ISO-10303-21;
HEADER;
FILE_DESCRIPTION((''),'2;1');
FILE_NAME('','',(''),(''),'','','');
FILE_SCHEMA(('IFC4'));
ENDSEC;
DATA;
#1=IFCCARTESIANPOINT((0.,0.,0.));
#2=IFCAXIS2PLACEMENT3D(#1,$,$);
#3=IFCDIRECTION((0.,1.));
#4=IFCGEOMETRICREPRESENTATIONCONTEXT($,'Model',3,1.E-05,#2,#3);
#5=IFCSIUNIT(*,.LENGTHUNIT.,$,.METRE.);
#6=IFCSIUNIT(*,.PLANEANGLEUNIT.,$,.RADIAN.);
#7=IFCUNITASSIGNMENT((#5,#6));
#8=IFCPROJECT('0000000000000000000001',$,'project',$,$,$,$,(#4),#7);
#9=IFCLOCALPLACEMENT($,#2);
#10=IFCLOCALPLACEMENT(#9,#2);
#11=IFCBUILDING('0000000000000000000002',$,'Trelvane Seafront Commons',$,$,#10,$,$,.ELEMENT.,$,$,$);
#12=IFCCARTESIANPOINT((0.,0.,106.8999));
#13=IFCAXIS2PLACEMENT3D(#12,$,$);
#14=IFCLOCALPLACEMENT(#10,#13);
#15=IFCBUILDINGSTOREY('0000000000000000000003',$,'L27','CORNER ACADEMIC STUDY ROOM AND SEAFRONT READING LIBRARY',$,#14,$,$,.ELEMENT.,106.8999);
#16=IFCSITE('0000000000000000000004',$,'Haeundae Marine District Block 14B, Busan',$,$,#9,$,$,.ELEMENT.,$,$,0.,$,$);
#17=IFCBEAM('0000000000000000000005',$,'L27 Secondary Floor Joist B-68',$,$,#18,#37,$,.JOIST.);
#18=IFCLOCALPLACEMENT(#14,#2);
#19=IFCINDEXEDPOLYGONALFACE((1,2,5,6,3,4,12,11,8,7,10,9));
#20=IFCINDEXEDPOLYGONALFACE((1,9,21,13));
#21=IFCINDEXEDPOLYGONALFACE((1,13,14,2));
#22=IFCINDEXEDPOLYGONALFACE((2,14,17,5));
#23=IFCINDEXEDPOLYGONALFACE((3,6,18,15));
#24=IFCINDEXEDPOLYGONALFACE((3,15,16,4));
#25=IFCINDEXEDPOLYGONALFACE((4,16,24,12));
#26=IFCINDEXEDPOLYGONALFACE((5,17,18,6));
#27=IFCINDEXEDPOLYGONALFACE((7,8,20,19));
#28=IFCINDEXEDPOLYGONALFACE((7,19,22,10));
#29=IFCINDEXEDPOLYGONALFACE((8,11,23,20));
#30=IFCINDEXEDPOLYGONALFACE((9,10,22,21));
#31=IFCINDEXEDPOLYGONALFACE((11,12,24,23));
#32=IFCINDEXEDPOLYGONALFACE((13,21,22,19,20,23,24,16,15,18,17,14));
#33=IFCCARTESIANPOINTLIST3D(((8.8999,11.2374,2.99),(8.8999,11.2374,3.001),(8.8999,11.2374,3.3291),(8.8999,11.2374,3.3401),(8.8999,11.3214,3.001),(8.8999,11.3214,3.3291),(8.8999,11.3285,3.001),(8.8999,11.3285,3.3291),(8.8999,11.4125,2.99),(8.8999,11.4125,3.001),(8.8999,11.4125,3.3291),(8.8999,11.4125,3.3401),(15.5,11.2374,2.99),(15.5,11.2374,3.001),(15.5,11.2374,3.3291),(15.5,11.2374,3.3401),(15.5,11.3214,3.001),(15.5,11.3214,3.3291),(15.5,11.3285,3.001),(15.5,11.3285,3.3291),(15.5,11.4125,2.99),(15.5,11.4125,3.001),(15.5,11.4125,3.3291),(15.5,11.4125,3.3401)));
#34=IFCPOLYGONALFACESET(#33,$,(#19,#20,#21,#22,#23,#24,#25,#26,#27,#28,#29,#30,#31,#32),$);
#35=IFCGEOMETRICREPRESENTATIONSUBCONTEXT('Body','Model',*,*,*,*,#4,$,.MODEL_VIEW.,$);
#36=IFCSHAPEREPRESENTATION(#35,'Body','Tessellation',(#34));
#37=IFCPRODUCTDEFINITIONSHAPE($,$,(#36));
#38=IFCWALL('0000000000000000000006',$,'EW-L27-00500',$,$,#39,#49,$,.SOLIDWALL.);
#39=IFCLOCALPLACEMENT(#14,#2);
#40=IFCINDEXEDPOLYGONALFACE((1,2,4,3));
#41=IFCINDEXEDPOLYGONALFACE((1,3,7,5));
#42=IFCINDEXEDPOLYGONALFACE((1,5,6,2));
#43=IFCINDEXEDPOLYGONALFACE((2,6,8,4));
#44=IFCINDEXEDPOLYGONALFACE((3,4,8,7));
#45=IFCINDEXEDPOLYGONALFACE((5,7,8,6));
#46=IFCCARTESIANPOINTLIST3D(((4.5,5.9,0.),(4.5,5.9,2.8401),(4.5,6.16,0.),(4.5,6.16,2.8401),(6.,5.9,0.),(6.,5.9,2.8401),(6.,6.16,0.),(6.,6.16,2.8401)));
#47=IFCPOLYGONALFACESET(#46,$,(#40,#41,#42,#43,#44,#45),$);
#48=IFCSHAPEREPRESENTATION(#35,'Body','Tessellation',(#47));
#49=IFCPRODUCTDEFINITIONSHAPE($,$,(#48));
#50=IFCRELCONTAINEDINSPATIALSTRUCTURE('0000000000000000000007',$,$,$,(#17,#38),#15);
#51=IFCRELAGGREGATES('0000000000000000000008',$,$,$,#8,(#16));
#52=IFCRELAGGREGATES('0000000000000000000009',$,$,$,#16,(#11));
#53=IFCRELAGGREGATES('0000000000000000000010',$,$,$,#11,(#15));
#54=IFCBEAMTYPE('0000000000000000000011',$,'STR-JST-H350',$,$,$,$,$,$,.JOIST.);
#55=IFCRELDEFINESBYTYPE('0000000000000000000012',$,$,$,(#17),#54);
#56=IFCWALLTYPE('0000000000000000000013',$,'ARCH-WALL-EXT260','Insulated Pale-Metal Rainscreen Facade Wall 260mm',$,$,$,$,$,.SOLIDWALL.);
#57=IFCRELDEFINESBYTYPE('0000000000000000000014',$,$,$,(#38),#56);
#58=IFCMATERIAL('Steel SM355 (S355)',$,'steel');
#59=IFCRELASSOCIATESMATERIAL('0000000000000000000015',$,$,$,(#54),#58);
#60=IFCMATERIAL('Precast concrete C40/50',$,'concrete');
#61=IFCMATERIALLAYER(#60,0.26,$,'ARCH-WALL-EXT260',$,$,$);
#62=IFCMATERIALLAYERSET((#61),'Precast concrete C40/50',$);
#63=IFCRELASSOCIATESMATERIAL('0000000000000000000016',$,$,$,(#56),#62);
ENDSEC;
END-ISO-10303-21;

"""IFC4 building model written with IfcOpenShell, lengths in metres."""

from ifc_helpers import new_model, si_unit, direction, frame, frame_2d, origin, origin_2d, place, context, subcontext, project, spatial, rectangle, i_section, extrude, source, transform, mapped, material, layer, layer_set, material_profile, profile_set, type_object, element, save


model = new_model("IFC4")

# Units and contexts
model_context = context("Model", 3, precision=1e-05, world=origin(), true_north=direction((0.0, 1.0)))
body_context = subcontext(model_context, "Body", "Model", "MODEL_VIEW")
ifc_project = project(units=[si_unit("LENGTHUNIT", "METRE"), si_unit("PLANEANGLEUNIT", "RADIAN")], contexts=[model_context])

# Site, building, storey
site_placement = place(None, origin())
site = spatial("IfcSite", under=ifc_project, at=site_placement, Name="Haeundae Marine District Block 14B, Busan", CompositionType="ELEMENT", RefElevation=0.0)
building_placement = place(site_placement, origin())
building = spatial("IfcBuilding", under=site, at=building_placement, Name="Trelvane Seafront Commons", CompositionType="ELEMENT")
storey_placement = place(building_placement, frame((0.0, 0.0, 106.8999)))
storey = spatial("IfcBuildingStorey", under=building, at=storey_placement, Name="L27", Description="CORNER ACADEMIC STUDY ROOM AND SEAFRONT READING LIBRARY", CompositionType="ELEMENT", Elevation=106.8999)

# Shared definitions
ifc_material_1 = material(Name="Steel SM355 (S355)", Category="steel")

# Beam
ifc_material_profile_1 = material_profile(ifc_material_1, i_section(OverallWidth=0.175, OverallDepth=0.3501, WebThickness=0.0071, FlangeThickness=0.011, at=origin_2d()), Name="H-350x175x7x11")
ifc_profile_set_1 = profile_set([ifc_material_profile_1], Name="Steel SM355 (S355)")
beam_type_1 = type_object("IfcBeamType", Name="STR-JST-H350", PredefinedType="JOIST", material=ifc_profile_set_1)
shared_shape_1 = source(origin(), body_context, "Body", "SweptSolid", [
    extrude(i_section(OverallWidth=0.175, OverallDepth=0.3501, WebThickness=0.0071, FlangeThickness=0.011, at=origin_2d()), origin(), (0.0, 0.0, 1.0), 6.6001),
])
beam_1_placement = place(storey_placement, frame((8.8999, 11.325, 3.165), z_axis=(1.0, 0.0, 0.0), x_axis=(0.0, 1.0, 0.0)))
element("IfcBeam", 1, at=beam_1_placement, inside=storey, type_object=beam_type_1, Name="L27 Secondary Floor Joist B-68", PredefinedType="JOIST", context=body_context, shape_type="MappedRepresentation", body=[
    mapped(shared_shape_1, transform((0.0, 0.0, 0.0), x_axis=(1.0, 0.0, 0.0), y_axis=(0.0, 1.0, 0.0), z_axis=(0.0, 0.0, 1.0), scale=1.0)),
])

# Wall
ifc_material_2 = material(Name="Precast concrete C40/50", Category="concrete")
ifc_layer_1 = layer(ifc_material_2, 0.26, Name="ARCH-WALL-EXT260")
ifc_layer_set_1 = layer_set([ifc_layer_1], Name="Precast concrete C40/50")
wall_type_1 = type_object("IfcWallType", Name="ARCH-WALL-EXT260", Description="Insulated Pale-Metal Rainscreen Facade Wall 260mm", PredefinedType="SOLIDWALL", material=ifc_layer_set_1)
wall_1_placement = place(storey_placement, frame((6.0, 6.03, 0.0), z_axis=(0.0, 0.0, 1.0), x_axis=(-1.0, 0.0, 0.0)))
element("IfcWall", 2, at=wall_1_placement, inside=storey, type_object=wall_type_1, Name="EW-L27-00500", PredefinedType="SOLIDWALL", context=body_context, shape_type="SweptSolid", body=[
    extrude(rectangle(XDim=1.5, YDim=0.26, at=frame_2d((0.75, 0.0))), origin(), (0.0, 0.0, 1.0), 2.8401),
])

save(model, "model.ifc")
